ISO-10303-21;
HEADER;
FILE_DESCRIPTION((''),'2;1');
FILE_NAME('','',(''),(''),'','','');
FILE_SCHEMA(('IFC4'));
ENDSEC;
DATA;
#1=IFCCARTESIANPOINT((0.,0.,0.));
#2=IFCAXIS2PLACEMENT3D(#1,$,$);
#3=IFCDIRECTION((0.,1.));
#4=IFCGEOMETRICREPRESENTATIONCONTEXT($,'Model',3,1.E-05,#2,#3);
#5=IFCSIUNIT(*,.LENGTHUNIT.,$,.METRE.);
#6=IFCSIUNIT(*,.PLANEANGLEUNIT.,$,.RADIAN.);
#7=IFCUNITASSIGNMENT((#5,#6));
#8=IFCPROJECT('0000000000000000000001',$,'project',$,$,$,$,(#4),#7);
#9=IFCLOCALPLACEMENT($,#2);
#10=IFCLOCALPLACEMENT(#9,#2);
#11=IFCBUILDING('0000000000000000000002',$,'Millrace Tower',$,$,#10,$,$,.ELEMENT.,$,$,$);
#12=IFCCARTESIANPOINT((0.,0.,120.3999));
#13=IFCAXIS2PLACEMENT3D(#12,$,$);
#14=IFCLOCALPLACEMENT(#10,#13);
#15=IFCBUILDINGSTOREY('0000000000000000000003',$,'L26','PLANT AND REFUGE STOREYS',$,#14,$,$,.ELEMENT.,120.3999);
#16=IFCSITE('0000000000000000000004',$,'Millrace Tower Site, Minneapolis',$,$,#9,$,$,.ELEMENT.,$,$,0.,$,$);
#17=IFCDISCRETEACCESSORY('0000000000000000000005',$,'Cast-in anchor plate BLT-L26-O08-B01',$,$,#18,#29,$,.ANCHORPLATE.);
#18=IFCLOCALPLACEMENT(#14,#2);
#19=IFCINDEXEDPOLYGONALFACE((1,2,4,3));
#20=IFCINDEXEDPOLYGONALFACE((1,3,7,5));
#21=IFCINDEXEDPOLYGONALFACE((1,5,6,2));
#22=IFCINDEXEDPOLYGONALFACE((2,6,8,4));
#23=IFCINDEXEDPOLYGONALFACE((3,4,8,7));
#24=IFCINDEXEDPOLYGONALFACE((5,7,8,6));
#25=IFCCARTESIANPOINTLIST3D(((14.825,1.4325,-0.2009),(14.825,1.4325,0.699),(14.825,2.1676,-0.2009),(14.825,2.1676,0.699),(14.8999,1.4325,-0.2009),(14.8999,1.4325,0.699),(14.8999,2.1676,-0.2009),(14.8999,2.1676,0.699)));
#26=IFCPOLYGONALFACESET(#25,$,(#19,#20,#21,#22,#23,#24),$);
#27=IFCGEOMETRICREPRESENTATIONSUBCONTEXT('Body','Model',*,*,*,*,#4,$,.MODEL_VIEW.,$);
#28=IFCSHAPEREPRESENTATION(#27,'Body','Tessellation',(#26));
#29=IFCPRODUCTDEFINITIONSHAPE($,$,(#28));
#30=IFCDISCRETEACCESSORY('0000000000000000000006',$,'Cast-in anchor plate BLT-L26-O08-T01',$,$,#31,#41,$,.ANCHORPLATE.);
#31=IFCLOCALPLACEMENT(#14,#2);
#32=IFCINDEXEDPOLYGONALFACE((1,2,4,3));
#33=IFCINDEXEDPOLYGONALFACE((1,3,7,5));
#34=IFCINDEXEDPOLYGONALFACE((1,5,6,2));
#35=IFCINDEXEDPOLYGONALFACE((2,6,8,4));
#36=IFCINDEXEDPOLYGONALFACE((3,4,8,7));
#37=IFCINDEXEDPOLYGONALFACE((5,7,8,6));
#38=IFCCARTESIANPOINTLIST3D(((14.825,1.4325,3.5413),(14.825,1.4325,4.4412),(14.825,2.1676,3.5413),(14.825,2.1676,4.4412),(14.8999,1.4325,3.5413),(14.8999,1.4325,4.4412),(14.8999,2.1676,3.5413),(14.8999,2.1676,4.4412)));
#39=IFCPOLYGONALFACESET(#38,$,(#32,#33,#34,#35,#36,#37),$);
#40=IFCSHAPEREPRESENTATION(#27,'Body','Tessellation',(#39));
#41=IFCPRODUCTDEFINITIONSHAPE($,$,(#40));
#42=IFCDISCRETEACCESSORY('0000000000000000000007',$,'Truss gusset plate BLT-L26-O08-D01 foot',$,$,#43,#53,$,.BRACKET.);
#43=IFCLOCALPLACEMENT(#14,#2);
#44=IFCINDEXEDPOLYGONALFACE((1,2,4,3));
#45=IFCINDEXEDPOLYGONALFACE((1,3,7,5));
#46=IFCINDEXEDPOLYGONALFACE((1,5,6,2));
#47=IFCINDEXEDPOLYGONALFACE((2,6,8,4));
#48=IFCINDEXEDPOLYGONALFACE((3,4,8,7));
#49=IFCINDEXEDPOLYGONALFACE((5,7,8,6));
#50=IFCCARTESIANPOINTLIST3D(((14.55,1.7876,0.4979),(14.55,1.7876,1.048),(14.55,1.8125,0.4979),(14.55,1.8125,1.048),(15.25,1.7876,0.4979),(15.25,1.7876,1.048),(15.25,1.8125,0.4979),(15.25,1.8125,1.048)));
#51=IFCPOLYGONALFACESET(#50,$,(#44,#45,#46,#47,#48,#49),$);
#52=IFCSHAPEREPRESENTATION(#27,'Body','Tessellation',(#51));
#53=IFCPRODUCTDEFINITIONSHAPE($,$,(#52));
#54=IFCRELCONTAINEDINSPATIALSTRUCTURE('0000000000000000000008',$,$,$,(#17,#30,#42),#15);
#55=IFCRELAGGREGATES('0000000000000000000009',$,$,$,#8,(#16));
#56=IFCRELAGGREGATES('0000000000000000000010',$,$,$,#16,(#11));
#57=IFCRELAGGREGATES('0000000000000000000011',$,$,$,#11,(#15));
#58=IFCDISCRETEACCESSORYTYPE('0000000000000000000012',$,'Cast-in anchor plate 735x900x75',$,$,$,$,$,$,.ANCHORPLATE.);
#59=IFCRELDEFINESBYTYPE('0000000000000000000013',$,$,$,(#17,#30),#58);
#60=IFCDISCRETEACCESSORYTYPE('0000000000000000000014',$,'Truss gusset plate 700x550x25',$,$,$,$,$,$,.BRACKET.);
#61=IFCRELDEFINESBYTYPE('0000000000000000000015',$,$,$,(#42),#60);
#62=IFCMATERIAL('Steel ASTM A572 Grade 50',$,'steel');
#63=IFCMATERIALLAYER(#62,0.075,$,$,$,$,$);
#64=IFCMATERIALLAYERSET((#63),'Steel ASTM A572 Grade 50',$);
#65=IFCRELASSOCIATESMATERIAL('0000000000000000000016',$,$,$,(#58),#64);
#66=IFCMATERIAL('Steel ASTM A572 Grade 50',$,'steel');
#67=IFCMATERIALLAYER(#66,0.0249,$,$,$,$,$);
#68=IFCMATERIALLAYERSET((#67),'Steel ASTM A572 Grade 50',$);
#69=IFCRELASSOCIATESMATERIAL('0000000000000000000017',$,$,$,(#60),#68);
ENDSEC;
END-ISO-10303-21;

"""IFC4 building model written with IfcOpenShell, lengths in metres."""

from ifc_helpers import new_model, si_unit, direction, frame, origin, origin_2d, place, context, subcontext, project, spatial, rectangle, extrude, material, layer, layer_set, type_object, element, save


model = new_model("IFC4")

# Units and contexts
model_context = context("Model", 3, precision=1e-05, world=origin(), true_north=direction((0.0, 1.0)))
body_context = subcontext(model_context, "Body", "Model", "MODEL_VIEW")
ifc_project = project(units=[si_unit("LENGTHUNIT", "METRE"), si_unit("PLANEANGLEUNIT", "RADIAN")], contexts=[model_context])

# Site, building, storey
site_placement = place(None, origin())
site = spatial("IfcSite", under=ifc_project, at=site_placement, Name="Millrace Tower Site, Minneapolis", CompositionType="ELEMENT", RefElevation=0.0)
building_placement = place(site_placement, origin())
building = spatial("IfcBuilding", under=site, at=building_placement, Name="Millrace Tower", CompositionType="ELEMENT")
storey_placement = place(building_placement, frame((0.0, 0.0, 120.3999)))
storey = spatial("IfcBuildingStorey", under=building, at=storey_placement, Name="L26", Description="PLANT AND REFUGE STOREYS", CompositionType="ELEMENT", Elevation=120.3999)

# Discrete accessories
ifc_material_1 = material(Name="Steel ASTM A572 Grade 50", Category="steel")
ifc_layer_1 = layer(ifc_material_1, 0.075)
ifc_layer_set_1 = layer_set([ifc_layer_1], Name="Steel ASTM A572 Grade 50")
discrete_accessory_type_1 = type_object("IfcDiscreteAccessoryType", Name="Cast-in anchor plate 735x900x75", PredefinedType="ANCHORPLATE", material=ifc_layer_set_1)
for number, where, z_axis, x_axis, name in (
    (1, (14.825, 1.8, 0.249), (1.0, 0.0, 0.0), (0.0, 1.0, 0.0), "Cast-in anchor plate BLT-L26-O08-B01"),
    (2, (14.825, 1.8, 3.9912), (1.0, 0.0, 0.0), (0.0, 1.0, 0.0), "Cast-in anchor plate BLT-L26-O08-T01"),
):
    element("IfcDiscreteAccessory", number, at=place(storey_placement, frame(where, z_axis=z_axis, x_axis=x_axis)), inside=storey, type_object=discrete_accessory_type_1, Name=name, PredefinedType="ANCHORPLATE", context=body_context, shape_type="SweptSolid", body=[
        extrude(rectangle(XDim=0.7351, YDim=0.8999, at=origin_2d()), origin(), (0.0, 0.0, 1.0), 0.075),
    ])
ifc_material_2 = material(Name="Steel ASTM A572 Grade 50", Category="steel")
ifc_layer_2 = layer(ifc_material_2, 0.0249)
ifc_layer_set_2 = layer_set([ifc_layer_2], Name="Steel ASTM A572 Grade 50")
discrete_accessory_type_2 = type_object("IfcDiscreteAccessoryType", Name="Truss gusset plate 700x550x25", PredefinedType="BRACKET", material=ifc_layer_set_2)
discrete_accessory_placement = place(storey_placement, frame((14.55, 1.8, 0.7729), z_axis=(1.0, 0.0, 0.0), x_axis=(0.0, 1.0, 0.0)))
element("IfcDiscreteAccessory", 3, at=discrete_accessory_placement, inside=storey, type_object=discrete_accessory_type_2, Name="Truss gusset plate BLT-L26-O08-D01 foot", PredefinedType="BRACKET", context=body_context, shape_type="SweptSolid", body=[
    extrude(rectangle(XDim=0.0249, YDim=0.55, at=origin_2d()), origin(), (0.0, 0.0, 1.0), 0.7),
])

save(model, "model.ifc")
